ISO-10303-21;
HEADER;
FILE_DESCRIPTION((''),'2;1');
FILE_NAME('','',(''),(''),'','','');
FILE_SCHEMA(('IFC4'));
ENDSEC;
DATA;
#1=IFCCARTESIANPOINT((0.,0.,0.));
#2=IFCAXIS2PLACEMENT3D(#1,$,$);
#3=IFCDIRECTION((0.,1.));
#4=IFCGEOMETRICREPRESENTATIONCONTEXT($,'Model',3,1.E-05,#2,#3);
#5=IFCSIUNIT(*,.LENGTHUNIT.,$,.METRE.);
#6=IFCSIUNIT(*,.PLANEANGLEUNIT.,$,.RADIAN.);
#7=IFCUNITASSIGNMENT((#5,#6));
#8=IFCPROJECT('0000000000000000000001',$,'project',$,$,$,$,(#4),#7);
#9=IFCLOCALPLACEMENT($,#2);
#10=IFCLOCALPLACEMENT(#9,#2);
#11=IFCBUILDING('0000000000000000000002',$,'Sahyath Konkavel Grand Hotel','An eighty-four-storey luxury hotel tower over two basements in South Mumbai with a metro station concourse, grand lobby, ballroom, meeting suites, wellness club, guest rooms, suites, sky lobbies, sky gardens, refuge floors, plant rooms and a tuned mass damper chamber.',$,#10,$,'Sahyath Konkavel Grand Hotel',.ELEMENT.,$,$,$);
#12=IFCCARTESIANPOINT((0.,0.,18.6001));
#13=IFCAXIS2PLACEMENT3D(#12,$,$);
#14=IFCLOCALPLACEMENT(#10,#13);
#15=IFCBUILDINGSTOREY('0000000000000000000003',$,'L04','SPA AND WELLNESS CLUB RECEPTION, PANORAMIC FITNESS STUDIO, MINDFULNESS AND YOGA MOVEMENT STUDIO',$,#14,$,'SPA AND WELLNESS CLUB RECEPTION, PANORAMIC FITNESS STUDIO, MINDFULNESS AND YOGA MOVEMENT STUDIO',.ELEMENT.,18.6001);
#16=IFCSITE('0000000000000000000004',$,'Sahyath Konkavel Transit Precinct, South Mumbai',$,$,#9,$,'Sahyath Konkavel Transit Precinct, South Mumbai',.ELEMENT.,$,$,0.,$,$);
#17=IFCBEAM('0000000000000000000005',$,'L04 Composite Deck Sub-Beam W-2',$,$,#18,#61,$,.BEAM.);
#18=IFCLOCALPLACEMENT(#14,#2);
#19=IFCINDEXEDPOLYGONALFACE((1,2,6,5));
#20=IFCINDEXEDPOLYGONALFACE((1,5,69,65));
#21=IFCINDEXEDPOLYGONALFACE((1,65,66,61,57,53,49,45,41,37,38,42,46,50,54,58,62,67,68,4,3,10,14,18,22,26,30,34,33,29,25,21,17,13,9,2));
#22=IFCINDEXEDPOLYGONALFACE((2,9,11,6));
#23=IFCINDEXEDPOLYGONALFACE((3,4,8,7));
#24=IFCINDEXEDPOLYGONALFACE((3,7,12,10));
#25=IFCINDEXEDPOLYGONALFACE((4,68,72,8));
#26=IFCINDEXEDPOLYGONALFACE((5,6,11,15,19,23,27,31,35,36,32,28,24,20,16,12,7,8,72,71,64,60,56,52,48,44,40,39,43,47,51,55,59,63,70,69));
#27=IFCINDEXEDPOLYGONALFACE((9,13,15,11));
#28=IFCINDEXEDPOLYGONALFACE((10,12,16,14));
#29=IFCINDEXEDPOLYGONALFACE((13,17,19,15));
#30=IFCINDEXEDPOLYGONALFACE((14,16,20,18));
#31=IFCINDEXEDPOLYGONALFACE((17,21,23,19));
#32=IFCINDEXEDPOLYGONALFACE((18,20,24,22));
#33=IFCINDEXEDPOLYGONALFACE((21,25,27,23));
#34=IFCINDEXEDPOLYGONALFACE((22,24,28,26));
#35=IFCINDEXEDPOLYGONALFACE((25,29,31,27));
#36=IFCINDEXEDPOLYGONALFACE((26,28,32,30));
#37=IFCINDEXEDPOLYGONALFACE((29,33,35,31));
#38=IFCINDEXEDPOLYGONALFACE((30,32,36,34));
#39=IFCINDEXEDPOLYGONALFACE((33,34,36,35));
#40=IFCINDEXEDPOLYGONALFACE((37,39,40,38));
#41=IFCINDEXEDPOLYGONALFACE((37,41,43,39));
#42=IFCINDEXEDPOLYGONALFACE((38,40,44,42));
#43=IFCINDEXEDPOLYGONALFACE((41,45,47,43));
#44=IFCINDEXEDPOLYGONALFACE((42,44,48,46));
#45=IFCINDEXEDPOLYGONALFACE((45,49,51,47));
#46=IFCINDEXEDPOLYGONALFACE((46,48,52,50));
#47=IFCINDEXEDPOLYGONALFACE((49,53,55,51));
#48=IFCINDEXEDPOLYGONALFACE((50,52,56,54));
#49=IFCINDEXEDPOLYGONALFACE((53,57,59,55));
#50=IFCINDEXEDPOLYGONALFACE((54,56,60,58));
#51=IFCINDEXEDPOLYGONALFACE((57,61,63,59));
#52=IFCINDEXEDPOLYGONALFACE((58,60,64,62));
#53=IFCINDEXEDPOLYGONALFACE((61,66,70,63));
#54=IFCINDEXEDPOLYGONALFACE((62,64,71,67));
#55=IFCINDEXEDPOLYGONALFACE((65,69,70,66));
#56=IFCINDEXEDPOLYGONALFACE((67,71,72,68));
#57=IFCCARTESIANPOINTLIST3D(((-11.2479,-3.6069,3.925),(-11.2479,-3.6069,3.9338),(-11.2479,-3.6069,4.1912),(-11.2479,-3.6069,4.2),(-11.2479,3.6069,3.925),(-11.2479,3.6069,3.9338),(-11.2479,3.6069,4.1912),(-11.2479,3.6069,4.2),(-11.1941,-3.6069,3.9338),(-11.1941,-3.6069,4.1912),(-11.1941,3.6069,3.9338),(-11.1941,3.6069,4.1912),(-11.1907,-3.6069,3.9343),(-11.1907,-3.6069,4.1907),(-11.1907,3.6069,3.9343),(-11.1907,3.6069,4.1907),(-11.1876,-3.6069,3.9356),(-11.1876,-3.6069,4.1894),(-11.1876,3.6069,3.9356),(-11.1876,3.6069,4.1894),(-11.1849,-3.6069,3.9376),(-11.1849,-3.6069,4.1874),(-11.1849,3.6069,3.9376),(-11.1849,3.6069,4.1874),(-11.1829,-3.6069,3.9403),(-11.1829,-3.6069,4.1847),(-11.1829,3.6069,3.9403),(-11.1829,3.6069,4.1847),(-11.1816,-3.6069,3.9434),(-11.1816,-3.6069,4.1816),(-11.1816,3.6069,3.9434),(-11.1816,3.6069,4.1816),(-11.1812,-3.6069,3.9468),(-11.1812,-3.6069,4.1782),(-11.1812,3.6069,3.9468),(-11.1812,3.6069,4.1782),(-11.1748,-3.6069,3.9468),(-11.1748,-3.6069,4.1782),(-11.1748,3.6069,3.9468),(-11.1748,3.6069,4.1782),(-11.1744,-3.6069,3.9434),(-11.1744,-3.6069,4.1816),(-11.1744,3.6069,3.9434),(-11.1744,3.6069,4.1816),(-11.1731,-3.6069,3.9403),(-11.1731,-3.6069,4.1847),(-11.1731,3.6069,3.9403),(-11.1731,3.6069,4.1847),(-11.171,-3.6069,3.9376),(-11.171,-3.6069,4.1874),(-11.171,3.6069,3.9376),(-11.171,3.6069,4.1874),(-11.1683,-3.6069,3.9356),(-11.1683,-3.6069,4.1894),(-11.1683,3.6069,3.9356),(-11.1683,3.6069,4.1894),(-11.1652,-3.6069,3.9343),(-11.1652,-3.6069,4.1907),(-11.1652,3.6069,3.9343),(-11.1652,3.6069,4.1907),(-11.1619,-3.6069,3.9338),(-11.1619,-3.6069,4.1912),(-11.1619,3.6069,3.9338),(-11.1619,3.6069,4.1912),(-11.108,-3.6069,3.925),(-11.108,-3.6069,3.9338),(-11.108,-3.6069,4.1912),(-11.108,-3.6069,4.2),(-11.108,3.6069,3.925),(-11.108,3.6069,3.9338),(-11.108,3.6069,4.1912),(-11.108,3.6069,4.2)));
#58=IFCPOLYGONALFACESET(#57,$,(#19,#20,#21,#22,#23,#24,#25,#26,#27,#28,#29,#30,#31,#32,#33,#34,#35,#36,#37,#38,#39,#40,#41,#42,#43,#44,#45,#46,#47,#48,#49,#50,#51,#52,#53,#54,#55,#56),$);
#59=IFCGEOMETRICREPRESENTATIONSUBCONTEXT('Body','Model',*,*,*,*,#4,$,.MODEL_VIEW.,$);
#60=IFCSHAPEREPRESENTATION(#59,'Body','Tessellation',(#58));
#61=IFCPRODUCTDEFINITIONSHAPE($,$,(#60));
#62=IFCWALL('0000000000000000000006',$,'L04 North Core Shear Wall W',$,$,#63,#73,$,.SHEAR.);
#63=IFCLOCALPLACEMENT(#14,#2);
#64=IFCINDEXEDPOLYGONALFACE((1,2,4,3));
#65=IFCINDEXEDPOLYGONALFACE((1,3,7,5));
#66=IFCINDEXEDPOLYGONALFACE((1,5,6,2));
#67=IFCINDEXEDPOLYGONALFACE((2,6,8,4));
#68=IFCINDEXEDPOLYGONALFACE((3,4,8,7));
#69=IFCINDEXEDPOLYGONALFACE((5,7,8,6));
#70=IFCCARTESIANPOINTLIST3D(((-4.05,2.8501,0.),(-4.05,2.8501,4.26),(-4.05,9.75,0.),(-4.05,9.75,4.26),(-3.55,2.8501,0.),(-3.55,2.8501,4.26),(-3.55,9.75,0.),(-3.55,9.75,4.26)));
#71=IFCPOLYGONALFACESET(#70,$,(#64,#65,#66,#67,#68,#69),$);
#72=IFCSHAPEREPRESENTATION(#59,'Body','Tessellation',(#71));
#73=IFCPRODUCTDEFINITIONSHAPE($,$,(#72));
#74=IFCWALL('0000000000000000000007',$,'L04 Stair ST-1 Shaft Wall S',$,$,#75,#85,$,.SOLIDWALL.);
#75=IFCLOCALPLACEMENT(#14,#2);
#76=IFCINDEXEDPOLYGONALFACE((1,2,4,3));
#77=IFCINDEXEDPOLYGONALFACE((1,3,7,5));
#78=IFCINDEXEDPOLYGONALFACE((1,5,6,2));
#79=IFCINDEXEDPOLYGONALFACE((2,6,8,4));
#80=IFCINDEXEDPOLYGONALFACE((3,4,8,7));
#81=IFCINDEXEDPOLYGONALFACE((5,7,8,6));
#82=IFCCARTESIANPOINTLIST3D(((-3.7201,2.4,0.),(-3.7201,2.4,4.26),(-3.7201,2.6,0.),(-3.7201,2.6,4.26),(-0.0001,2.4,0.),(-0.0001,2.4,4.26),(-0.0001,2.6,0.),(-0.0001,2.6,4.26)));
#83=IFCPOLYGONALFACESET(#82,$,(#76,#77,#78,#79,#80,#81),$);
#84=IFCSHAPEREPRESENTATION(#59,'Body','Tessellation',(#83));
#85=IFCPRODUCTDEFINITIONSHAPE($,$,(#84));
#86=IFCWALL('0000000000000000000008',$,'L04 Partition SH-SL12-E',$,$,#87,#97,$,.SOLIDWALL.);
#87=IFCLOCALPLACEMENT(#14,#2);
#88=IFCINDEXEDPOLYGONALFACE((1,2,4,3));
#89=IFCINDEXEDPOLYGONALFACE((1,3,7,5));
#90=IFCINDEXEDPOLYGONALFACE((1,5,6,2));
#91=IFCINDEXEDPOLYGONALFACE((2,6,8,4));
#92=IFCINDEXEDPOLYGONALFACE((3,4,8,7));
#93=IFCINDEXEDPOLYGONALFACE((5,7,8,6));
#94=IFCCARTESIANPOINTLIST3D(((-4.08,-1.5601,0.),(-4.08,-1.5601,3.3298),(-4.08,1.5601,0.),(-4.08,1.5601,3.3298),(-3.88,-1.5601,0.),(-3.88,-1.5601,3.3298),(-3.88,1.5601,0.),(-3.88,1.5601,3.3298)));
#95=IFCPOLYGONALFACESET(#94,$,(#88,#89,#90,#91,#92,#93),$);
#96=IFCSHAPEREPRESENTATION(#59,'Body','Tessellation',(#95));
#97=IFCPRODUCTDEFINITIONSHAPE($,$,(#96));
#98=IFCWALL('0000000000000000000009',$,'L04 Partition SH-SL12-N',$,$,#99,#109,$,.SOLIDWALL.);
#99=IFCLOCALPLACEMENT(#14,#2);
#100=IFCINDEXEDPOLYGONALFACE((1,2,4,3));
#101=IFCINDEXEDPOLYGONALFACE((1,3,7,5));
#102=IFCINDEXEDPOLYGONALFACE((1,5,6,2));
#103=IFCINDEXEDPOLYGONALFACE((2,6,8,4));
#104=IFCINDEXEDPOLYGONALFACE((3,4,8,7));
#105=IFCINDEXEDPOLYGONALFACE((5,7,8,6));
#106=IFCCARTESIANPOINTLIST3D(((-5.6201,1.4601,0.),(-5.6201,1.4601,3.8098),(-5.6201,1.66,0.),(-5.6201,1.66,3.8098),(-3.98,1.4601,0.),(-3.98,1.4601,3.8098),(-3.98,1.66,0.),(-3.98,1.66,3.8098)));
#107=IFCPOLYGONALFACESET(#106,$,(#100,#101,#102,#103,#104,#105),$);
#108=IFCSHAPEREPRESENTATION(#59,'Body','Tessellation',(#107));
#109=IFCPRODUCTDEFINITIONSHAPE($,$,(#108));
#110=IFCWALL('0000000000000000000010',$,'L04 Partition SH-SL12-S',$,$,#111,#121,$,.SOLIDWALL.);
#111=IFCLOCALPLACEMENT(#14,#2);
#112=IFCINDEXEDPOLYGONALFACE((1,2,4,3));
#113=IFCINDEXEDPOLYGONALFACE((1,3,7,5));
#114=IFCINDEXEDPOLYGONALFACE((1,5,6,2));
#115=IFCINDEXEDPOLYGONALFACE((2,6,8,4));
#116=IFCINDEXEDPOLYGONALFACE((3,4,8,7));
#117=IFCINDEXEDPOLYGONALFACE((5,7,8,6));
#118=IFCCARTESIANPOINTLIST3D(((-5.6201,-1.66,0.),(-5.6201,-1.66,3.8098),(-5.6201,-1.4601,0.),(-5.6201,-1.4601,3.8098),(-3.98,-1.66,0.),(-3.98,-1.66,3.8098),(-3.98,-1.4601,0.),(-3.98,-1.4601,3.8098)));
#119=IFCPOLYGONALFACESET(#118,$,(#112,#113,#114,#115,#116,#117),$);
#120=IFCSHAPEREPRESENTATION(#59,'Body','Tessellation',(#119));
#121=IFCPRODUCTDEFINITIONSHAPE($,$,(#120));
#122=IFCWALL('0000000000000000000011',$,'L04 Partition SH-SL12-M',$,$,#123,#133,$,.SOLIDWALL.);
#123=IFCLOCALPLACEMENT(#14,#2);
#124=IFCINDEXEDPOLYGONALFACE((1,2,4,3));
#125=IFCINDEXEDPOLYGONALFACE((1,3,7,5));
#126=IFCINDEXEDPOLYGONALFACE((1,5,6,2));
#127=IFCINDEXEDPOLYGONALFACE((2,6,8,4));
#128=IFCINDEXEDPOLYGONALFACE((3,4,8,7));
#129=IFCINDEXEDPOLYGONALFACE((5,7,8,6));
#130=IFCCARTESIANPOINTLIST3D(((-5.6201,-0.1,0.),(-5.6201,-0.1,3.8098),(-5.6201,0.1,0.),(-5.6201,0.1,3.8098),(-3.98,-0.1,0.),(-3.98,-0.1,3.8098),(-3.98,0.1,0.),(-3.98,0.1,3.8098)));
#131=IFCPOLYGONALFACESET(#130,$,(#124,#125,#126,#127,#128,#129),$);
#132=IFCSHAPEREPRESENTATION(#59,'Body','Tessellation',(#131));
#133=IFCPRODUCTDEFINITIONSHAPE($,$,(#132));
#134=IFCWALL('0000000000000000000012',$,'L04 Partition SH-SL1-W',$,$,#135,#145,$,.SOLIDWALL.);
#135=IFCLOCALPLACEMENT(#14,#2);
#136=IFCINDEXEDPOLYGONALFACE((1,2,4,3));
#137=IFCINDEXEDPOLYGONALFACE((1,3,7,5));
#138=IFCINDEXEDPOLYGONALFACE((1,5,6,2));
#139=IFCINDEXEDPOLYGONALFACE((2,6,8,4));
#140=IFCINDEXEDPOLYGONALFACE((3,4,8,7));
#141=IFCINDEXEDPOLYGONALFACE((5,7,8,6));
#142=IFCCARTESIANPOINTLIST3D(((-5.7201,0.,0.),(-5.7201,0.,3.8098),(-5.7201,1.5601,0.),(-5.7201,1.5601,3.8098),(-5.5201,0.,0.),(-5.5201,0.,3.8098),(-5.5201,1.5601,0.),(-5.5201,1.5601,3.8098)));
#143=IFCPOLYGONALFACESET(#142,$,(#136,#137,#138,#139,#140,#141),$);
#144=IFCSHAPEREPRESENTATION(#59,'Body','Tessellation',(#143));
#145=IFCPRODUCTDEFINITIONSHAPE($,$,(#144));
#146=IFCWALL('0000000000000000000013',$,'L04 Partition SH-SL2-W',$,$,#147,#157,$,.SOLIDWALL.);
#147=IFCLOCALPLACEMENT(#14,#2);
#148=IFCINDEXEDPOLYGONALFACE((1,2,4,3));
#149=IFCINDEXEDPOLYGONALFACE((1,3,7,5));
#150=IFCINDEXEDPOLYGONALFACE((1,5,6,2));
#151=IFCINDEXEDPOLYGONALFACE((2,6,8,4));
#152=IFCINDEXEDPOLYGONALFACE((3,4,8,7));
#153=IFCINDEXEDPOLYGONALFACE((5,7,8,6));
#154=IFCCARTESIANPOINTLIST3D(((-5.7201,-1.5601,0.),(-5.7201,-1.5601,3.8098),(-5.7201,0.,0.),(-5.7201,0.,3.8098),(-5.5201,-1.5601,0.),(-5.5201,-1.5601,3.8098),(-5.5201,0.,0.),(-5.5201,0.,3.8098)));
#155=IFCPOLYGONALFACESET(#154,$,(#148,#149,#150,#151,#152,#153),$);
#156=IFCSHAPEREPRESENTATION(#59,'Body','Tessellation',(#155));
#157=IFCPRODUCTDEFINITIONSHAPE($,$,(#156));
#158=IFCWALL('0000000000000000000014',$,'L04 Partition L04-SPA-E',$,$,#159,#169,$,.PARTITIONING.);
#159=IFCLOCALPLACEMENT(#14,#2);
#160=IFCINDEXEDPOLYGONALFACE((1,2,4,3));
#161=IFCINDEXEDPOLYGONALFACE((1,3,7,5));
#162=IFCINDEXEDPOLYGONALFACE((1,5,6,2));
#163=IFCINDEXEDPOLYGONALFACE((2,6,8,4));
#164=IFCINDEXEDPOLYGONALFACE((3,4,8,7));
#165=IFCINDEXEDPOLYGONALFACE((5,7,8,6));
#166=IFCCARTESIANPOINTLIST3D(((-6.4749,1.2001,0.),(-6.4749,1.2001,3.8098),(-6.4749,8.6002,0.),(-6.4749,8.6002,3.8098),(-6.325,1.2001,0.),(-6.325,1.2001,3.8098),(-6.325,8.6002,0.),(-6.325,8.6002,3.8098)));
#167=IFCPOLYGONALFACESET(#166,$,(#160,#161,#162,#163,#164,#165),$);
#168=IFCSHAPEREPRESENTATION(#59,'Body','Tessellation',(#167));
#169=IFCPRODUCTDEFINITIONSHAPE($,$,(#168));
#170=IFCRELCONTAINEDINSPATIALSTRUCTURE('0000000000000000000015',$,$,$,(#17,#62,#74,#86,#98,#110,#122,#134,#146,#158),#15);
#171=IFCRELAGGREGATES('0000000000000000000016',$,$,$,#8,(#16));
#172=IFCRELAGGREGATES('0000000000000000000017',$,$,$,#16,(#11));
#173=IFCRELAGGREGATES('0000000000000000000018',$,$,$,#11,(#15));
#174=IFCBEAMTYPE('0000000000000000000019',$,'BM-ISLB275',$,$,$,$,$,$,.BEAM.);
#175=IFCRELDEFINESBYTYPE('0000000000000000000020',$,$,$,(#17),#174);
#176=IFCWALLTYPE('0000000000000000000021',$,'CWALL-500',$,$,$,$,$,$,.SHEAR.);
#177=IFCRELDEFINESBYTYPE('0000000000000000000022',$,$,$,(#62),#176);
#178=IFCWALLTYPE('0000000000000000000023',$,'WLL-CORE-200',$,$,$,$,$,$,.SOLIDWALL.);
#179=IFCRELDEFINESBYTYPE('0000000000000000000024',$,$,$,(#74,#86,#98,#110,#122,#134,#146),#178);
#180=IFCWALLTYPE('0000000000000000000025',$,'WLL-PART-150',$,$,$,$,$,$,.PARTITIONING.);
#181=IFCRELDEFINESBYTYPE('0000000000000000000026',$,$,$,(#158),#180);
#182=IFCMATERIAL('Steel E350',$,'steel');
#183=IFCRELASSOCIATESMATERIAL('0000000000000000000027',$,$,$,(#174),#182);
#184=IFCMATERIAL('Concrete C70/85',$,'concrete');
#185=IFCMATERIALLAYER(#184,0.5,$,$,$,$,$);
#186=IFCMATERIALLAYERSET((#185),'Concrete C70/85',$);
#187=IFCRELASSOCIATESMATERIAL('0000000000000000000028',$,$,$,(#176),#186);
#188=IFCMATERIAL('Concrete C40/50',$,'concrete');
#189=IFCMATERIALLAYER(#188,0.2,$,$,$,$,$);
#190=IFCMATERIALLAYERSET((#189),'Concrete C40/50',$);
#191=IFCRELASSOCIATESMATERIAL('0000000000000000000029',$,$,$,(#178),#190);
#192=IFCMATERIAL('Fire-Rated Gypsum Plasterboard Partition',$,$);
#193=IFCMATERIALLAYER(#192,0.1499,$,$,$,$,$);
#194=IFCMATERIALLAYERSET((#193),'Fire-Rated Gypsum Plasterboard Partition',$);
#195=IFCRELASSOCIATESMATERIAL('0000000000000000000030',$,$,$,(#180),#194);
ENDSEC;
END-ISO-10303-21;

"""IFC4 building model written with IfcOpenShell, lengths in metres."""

from ifc_helpers import new_model, si_unit, direction, frame, frame_2d, origin, origin_2d, place, context, subcontext, project, spatial, rectangle, i_section, extrude, source, transform, mapped, material, layer, layer_set, material_profile, profile_set, type_object, element, save


model = new_model("IFC4")

# Units and contexts
model_context = context("Model", 3, precision=1e-05, world=origin(), true_north=direction((0.0, 1.0)))
body_context = subcontext(model_context, "Body", "Model", "MODEL_VIEW")
ifc_project = project(units=[si_unit("LENGTHUNIT", "METRE"), si_unit("PLANEANGLEUNIT", "RADIAN")], contexts=[model_context])

# Site, building, storey
site_placement = place(None, origin())
site = spatial("IfcSite", under=ifc_project, at=site_placement, Name="Sahyath Konkavel Transit Precinct, South Mumbai", LongName="Sahyath Konkavel Transit Precinct, South Mumbai", CompositionType="ELEMENT", RefElevation=0.0)
building_placement = place(site_placement, origin())
building = spatial("IfcBuilding", under=site, at=building_placement, Name="Sahyath Konkavel Grand Hotel", Description="An eighty-four-storey luxury hotel tower over two basements in South Mumbai with a metro station concourse, grand lobby, ballroom, meeting suites, wellness club, guest rooms, suites, sky lobbies, sky gardens, refuge floors, plant rooms and a tuned mass damper chamber.", LongName="Sahyath Konkavel Grand Hotel", CompositionType="ELEMENT")
storey_placement = place(building_placement, frame((0.0, 0.0, 18.6001)))
storey = spatial("IfcBuildingStorey", under=building, at=storey_placement, Name="L04", Description="SPA AND WELLNESS CLUB RECEPTION, PANORAMIC FITNESS STUDIO, MINDFULNESS AND YOGA MOVEMENT STUDIO", LongName="SPA AND WELLNESS CLUB RECEPTION, PANORAMIC FITNESS STUDIO, MINDFULNESS AND YOGA MOVEMENT STUDIO", CompositionType="ELEMENT", Elevation=18.6001)

# Shared definitions
ifc_material_1 = material(Name="Concrete C70/85", Category="concrete")

# Beam
ifc_material_2 = material(Name="Steel E350", Category="steel")
ifc_material_profile_1 = material_profile(ifc_material_2, i_section(OverallWidth=0.1399, OverallDepth=0.2749, WebThickness=0.0063, FlangeThickness=0.0088, FilletRadius=0.0129, at=origin_2d()), Name="ISLB 275")
ifc_profile_set_1 = profile_set([ifc_material_profile_1], Name="Steel E350")
beam_type_1 = type_object("IfcBeamType", Name="BM-ISLB275", PredefinedType="BEAM", material=ifc_profile_set_1)
shared_shape_1 = source(origin(), body_context, "Body", "SweptSolid", [
    extrude(i_section(OverallWidth=0.1399, OverallDepth=0.2749, WebThickness=0.0063, FlangeThickness=0.0088, FilletRadius=0.0129, at=origin_2d()), origin(), (0.0, 0.0, 1.0), 7.2139),
])
beam_1_placement = place(storey_placement, frame((-11.178, 3.6069, 4.0625), z_axis=(0.0, -1.0, 0.0), x_axis=(1.0, 0.0, 0.0)))
element("IfcBeam", 1, at=beam_1_placement, inside=storey, type_object=beam_type_1, Name="L04 Composite Deck Sub-Beam W-2", PredefinedType="BEAM", context=body_context, shape_type="MappedRepresentation", body=[
    mapped(shared_shape_1, transform((0.0, 0.0, 0.0), scale=1.0)),
])

# Walls
ifc_layer_1 = layer(ifc_material_1, 0.5)
ifc_layer_set_1 = layer_set([ifc_layer_1], Name="Concrete C70/85")
wall_type_1 = type_object("IfcWallType", Name="CWALL-500", PredefinedType="SHEAR", material=ifc_layer_set_1)
wall_1_placement = place(storey_placement, frame((-3.8, 2.8501, 0.0), z_axis=(0.0, 0.0, 1.0), x_axis=(0.0, 1.0, 0.0)))
element("IfcWall", 2, at=wall_1_placement, inside=storey, type_object=wall_type_1, Name="L04 North Core Shear Wall W", PredefinedType="SHEAR", context=body_context, shape_type="SweptSolid", body=[
    extrude(rectangle(XDim=6.8999, YDim=0.5, at=frame_2d((3.45, 0.0))), origin(), (0.0, 0.0, 1.0), 4.26),
])
ifc_material_3 = material(Name="Concrete C40/50", Category="concrete")
ifc_layer_2 = layer(ifc_material_3, 0.2)
ifc_layer_set_2 = layer_set([ifc_layer_2], Name="Concrete C40/50")
wall_type_2 = type_object("IfcWallType", Name="WLL-CORE-200", PredefinedType="SOLIDWALL", material=ifc_layer_set_2)
wall_2_placement = place(storey_placement, frame((-3.72, 2.5, 0.0), z_axis=(0.0, 0.0, 1.0), x_axis=(1.0, 0.0, 0.0)))
element("IfcWall", 3, at=wall_2_placement, inside=storey, type_object=wall_type_2, Name="L04 Stair ST-1 Shaft Wall S", PredefinedType="SOLIDWALL", context=body_context, shape_type="SweptSolid", body=[
    extrude(rectangle(XDim=3.72, YDim=0.2, at=frame_2d((1.8599, 0.0))), origin(), (0.0, 0.0, 1.0), 4.26),
])
wall_3_placement = place(storey_placement, frame((-3.98, -1.5601, 0.0), z_axis=(0.0, 0.0, 1.0), x_axis=(0.0, 1.0, 0.0)))
element("IfcWall", 4, at=wall_3_placement, inside=storey, type_object=wall_type_2, Name="L04 Partition SH-SL12-E", PredefinedType="SOLIDWALL", context=body_context, shape_type="SweptSolid", body=[
    extrude(rectangle(XDim=3.1201, YDim=0.2, at=frame_2d((1.5601, 0.0))), origin(), (0.0, 0.0, 1.0), 3.3298),
])
for number, where, z_axis, x_axis, name in (
    (5, (-5.6201, 1.5601, 0.0), (0.0, 0.0, 1.0), (1.0, 0.0, 0.0), "L04 Partition SH-SL12-N"),
    (6, (-5.6201, -1.5601, 0.0), (0.0, 0.0, 1.0), (1.0, 0.0, 0.0), "L04 Partition SH-SL12-S"),
    (7, (-5.6201, 0.0, 0.0), (0.0, 0.0, 1.0), (1.0, 0.0, 0.0), "L04 Partition SH-SL12-M"),
):
    element("IfcWall", number, at=place(storey_placement, frame(where, z_axis=z_axis, x_axis=x_axis)), inside=storey, type_object=wall_type_2, Name=name, PredefinedType="SOLIDWALL", context=body_context, shape_type="SweptSolid", body=[
        extrude(rectangle(XDim=1.6401, YDim=0.2, at=frame_2d((0.8201, 0.0))), origin(), (0.0, 0.0, 1.0), 3.8098),
    ])
for number, where, z_axis, x_axis, name in (
    (8, (-5.6201, 0.0, 0.0), (0.0, 0.0, 1.0), (0.0, 1.0, 0.0), "L04 Partition SH-SL1-W"),
    (9, (-5.6201, -1.5601, 0.0), (0.0, 0.0, 1.0), (0.0, 1.0, 0.0), "L04 Partition SH-SL2-W"),
):
    element("IfcWall", number, at=place(storey_placement, frame(where, z_axis=z_axis, x_axis=x_axis)), inside=storey, type_object=wall_type_2, Name=name, PredefinedType="SOLIDWALL", context=body_context, shape_type="SweptSolid", body=[
        extrude(rectangle(XDim=1.5601, YDim=0.2, at=frame_2d((0.78, 0.0))), origin(), (0.0, 0.0, 1.0), 3.8098),
    ])
ifc_material_4 = material(Name="Fire-Rated Gypsum Plasterboard Partition")
ifc_layer_3 = layer(ifc_material_4, 0.1499)
ifc_layer_set_3 = layer_set([ifc_layer_3], Name="Fire-Rated Gypsum Plasterboard Partition")
wall_type_3 = type_object("IfcWallType", Name="WLL-PART-150", PredefinedType="PARTITIONING", material=ifc_layer_set_3)
wall_4_placement = place(storey_placement, frame((-6.3999, 1.2, 0.0), z_axis=(0.0, 0.0, 1.0), x_axis=(0.0, 1.0, 0.0)))
element("IfcWall", 10, at=wall_4_placement, inside=storey, type_object=wall_type_3, Name="L04 Partition L04-SPA-E", PredefinedType="PARTITIONING", context=body_context, shape_type="SweptSolid", body=[
    extrude(rectangle(XDim=7.4001, YDim=0.1499, at=frame_2d((3.7002, 0.0))), origin(), (0.0, 0.0, 1.0), 3.8098),
])

save(model, "model.ifc")
